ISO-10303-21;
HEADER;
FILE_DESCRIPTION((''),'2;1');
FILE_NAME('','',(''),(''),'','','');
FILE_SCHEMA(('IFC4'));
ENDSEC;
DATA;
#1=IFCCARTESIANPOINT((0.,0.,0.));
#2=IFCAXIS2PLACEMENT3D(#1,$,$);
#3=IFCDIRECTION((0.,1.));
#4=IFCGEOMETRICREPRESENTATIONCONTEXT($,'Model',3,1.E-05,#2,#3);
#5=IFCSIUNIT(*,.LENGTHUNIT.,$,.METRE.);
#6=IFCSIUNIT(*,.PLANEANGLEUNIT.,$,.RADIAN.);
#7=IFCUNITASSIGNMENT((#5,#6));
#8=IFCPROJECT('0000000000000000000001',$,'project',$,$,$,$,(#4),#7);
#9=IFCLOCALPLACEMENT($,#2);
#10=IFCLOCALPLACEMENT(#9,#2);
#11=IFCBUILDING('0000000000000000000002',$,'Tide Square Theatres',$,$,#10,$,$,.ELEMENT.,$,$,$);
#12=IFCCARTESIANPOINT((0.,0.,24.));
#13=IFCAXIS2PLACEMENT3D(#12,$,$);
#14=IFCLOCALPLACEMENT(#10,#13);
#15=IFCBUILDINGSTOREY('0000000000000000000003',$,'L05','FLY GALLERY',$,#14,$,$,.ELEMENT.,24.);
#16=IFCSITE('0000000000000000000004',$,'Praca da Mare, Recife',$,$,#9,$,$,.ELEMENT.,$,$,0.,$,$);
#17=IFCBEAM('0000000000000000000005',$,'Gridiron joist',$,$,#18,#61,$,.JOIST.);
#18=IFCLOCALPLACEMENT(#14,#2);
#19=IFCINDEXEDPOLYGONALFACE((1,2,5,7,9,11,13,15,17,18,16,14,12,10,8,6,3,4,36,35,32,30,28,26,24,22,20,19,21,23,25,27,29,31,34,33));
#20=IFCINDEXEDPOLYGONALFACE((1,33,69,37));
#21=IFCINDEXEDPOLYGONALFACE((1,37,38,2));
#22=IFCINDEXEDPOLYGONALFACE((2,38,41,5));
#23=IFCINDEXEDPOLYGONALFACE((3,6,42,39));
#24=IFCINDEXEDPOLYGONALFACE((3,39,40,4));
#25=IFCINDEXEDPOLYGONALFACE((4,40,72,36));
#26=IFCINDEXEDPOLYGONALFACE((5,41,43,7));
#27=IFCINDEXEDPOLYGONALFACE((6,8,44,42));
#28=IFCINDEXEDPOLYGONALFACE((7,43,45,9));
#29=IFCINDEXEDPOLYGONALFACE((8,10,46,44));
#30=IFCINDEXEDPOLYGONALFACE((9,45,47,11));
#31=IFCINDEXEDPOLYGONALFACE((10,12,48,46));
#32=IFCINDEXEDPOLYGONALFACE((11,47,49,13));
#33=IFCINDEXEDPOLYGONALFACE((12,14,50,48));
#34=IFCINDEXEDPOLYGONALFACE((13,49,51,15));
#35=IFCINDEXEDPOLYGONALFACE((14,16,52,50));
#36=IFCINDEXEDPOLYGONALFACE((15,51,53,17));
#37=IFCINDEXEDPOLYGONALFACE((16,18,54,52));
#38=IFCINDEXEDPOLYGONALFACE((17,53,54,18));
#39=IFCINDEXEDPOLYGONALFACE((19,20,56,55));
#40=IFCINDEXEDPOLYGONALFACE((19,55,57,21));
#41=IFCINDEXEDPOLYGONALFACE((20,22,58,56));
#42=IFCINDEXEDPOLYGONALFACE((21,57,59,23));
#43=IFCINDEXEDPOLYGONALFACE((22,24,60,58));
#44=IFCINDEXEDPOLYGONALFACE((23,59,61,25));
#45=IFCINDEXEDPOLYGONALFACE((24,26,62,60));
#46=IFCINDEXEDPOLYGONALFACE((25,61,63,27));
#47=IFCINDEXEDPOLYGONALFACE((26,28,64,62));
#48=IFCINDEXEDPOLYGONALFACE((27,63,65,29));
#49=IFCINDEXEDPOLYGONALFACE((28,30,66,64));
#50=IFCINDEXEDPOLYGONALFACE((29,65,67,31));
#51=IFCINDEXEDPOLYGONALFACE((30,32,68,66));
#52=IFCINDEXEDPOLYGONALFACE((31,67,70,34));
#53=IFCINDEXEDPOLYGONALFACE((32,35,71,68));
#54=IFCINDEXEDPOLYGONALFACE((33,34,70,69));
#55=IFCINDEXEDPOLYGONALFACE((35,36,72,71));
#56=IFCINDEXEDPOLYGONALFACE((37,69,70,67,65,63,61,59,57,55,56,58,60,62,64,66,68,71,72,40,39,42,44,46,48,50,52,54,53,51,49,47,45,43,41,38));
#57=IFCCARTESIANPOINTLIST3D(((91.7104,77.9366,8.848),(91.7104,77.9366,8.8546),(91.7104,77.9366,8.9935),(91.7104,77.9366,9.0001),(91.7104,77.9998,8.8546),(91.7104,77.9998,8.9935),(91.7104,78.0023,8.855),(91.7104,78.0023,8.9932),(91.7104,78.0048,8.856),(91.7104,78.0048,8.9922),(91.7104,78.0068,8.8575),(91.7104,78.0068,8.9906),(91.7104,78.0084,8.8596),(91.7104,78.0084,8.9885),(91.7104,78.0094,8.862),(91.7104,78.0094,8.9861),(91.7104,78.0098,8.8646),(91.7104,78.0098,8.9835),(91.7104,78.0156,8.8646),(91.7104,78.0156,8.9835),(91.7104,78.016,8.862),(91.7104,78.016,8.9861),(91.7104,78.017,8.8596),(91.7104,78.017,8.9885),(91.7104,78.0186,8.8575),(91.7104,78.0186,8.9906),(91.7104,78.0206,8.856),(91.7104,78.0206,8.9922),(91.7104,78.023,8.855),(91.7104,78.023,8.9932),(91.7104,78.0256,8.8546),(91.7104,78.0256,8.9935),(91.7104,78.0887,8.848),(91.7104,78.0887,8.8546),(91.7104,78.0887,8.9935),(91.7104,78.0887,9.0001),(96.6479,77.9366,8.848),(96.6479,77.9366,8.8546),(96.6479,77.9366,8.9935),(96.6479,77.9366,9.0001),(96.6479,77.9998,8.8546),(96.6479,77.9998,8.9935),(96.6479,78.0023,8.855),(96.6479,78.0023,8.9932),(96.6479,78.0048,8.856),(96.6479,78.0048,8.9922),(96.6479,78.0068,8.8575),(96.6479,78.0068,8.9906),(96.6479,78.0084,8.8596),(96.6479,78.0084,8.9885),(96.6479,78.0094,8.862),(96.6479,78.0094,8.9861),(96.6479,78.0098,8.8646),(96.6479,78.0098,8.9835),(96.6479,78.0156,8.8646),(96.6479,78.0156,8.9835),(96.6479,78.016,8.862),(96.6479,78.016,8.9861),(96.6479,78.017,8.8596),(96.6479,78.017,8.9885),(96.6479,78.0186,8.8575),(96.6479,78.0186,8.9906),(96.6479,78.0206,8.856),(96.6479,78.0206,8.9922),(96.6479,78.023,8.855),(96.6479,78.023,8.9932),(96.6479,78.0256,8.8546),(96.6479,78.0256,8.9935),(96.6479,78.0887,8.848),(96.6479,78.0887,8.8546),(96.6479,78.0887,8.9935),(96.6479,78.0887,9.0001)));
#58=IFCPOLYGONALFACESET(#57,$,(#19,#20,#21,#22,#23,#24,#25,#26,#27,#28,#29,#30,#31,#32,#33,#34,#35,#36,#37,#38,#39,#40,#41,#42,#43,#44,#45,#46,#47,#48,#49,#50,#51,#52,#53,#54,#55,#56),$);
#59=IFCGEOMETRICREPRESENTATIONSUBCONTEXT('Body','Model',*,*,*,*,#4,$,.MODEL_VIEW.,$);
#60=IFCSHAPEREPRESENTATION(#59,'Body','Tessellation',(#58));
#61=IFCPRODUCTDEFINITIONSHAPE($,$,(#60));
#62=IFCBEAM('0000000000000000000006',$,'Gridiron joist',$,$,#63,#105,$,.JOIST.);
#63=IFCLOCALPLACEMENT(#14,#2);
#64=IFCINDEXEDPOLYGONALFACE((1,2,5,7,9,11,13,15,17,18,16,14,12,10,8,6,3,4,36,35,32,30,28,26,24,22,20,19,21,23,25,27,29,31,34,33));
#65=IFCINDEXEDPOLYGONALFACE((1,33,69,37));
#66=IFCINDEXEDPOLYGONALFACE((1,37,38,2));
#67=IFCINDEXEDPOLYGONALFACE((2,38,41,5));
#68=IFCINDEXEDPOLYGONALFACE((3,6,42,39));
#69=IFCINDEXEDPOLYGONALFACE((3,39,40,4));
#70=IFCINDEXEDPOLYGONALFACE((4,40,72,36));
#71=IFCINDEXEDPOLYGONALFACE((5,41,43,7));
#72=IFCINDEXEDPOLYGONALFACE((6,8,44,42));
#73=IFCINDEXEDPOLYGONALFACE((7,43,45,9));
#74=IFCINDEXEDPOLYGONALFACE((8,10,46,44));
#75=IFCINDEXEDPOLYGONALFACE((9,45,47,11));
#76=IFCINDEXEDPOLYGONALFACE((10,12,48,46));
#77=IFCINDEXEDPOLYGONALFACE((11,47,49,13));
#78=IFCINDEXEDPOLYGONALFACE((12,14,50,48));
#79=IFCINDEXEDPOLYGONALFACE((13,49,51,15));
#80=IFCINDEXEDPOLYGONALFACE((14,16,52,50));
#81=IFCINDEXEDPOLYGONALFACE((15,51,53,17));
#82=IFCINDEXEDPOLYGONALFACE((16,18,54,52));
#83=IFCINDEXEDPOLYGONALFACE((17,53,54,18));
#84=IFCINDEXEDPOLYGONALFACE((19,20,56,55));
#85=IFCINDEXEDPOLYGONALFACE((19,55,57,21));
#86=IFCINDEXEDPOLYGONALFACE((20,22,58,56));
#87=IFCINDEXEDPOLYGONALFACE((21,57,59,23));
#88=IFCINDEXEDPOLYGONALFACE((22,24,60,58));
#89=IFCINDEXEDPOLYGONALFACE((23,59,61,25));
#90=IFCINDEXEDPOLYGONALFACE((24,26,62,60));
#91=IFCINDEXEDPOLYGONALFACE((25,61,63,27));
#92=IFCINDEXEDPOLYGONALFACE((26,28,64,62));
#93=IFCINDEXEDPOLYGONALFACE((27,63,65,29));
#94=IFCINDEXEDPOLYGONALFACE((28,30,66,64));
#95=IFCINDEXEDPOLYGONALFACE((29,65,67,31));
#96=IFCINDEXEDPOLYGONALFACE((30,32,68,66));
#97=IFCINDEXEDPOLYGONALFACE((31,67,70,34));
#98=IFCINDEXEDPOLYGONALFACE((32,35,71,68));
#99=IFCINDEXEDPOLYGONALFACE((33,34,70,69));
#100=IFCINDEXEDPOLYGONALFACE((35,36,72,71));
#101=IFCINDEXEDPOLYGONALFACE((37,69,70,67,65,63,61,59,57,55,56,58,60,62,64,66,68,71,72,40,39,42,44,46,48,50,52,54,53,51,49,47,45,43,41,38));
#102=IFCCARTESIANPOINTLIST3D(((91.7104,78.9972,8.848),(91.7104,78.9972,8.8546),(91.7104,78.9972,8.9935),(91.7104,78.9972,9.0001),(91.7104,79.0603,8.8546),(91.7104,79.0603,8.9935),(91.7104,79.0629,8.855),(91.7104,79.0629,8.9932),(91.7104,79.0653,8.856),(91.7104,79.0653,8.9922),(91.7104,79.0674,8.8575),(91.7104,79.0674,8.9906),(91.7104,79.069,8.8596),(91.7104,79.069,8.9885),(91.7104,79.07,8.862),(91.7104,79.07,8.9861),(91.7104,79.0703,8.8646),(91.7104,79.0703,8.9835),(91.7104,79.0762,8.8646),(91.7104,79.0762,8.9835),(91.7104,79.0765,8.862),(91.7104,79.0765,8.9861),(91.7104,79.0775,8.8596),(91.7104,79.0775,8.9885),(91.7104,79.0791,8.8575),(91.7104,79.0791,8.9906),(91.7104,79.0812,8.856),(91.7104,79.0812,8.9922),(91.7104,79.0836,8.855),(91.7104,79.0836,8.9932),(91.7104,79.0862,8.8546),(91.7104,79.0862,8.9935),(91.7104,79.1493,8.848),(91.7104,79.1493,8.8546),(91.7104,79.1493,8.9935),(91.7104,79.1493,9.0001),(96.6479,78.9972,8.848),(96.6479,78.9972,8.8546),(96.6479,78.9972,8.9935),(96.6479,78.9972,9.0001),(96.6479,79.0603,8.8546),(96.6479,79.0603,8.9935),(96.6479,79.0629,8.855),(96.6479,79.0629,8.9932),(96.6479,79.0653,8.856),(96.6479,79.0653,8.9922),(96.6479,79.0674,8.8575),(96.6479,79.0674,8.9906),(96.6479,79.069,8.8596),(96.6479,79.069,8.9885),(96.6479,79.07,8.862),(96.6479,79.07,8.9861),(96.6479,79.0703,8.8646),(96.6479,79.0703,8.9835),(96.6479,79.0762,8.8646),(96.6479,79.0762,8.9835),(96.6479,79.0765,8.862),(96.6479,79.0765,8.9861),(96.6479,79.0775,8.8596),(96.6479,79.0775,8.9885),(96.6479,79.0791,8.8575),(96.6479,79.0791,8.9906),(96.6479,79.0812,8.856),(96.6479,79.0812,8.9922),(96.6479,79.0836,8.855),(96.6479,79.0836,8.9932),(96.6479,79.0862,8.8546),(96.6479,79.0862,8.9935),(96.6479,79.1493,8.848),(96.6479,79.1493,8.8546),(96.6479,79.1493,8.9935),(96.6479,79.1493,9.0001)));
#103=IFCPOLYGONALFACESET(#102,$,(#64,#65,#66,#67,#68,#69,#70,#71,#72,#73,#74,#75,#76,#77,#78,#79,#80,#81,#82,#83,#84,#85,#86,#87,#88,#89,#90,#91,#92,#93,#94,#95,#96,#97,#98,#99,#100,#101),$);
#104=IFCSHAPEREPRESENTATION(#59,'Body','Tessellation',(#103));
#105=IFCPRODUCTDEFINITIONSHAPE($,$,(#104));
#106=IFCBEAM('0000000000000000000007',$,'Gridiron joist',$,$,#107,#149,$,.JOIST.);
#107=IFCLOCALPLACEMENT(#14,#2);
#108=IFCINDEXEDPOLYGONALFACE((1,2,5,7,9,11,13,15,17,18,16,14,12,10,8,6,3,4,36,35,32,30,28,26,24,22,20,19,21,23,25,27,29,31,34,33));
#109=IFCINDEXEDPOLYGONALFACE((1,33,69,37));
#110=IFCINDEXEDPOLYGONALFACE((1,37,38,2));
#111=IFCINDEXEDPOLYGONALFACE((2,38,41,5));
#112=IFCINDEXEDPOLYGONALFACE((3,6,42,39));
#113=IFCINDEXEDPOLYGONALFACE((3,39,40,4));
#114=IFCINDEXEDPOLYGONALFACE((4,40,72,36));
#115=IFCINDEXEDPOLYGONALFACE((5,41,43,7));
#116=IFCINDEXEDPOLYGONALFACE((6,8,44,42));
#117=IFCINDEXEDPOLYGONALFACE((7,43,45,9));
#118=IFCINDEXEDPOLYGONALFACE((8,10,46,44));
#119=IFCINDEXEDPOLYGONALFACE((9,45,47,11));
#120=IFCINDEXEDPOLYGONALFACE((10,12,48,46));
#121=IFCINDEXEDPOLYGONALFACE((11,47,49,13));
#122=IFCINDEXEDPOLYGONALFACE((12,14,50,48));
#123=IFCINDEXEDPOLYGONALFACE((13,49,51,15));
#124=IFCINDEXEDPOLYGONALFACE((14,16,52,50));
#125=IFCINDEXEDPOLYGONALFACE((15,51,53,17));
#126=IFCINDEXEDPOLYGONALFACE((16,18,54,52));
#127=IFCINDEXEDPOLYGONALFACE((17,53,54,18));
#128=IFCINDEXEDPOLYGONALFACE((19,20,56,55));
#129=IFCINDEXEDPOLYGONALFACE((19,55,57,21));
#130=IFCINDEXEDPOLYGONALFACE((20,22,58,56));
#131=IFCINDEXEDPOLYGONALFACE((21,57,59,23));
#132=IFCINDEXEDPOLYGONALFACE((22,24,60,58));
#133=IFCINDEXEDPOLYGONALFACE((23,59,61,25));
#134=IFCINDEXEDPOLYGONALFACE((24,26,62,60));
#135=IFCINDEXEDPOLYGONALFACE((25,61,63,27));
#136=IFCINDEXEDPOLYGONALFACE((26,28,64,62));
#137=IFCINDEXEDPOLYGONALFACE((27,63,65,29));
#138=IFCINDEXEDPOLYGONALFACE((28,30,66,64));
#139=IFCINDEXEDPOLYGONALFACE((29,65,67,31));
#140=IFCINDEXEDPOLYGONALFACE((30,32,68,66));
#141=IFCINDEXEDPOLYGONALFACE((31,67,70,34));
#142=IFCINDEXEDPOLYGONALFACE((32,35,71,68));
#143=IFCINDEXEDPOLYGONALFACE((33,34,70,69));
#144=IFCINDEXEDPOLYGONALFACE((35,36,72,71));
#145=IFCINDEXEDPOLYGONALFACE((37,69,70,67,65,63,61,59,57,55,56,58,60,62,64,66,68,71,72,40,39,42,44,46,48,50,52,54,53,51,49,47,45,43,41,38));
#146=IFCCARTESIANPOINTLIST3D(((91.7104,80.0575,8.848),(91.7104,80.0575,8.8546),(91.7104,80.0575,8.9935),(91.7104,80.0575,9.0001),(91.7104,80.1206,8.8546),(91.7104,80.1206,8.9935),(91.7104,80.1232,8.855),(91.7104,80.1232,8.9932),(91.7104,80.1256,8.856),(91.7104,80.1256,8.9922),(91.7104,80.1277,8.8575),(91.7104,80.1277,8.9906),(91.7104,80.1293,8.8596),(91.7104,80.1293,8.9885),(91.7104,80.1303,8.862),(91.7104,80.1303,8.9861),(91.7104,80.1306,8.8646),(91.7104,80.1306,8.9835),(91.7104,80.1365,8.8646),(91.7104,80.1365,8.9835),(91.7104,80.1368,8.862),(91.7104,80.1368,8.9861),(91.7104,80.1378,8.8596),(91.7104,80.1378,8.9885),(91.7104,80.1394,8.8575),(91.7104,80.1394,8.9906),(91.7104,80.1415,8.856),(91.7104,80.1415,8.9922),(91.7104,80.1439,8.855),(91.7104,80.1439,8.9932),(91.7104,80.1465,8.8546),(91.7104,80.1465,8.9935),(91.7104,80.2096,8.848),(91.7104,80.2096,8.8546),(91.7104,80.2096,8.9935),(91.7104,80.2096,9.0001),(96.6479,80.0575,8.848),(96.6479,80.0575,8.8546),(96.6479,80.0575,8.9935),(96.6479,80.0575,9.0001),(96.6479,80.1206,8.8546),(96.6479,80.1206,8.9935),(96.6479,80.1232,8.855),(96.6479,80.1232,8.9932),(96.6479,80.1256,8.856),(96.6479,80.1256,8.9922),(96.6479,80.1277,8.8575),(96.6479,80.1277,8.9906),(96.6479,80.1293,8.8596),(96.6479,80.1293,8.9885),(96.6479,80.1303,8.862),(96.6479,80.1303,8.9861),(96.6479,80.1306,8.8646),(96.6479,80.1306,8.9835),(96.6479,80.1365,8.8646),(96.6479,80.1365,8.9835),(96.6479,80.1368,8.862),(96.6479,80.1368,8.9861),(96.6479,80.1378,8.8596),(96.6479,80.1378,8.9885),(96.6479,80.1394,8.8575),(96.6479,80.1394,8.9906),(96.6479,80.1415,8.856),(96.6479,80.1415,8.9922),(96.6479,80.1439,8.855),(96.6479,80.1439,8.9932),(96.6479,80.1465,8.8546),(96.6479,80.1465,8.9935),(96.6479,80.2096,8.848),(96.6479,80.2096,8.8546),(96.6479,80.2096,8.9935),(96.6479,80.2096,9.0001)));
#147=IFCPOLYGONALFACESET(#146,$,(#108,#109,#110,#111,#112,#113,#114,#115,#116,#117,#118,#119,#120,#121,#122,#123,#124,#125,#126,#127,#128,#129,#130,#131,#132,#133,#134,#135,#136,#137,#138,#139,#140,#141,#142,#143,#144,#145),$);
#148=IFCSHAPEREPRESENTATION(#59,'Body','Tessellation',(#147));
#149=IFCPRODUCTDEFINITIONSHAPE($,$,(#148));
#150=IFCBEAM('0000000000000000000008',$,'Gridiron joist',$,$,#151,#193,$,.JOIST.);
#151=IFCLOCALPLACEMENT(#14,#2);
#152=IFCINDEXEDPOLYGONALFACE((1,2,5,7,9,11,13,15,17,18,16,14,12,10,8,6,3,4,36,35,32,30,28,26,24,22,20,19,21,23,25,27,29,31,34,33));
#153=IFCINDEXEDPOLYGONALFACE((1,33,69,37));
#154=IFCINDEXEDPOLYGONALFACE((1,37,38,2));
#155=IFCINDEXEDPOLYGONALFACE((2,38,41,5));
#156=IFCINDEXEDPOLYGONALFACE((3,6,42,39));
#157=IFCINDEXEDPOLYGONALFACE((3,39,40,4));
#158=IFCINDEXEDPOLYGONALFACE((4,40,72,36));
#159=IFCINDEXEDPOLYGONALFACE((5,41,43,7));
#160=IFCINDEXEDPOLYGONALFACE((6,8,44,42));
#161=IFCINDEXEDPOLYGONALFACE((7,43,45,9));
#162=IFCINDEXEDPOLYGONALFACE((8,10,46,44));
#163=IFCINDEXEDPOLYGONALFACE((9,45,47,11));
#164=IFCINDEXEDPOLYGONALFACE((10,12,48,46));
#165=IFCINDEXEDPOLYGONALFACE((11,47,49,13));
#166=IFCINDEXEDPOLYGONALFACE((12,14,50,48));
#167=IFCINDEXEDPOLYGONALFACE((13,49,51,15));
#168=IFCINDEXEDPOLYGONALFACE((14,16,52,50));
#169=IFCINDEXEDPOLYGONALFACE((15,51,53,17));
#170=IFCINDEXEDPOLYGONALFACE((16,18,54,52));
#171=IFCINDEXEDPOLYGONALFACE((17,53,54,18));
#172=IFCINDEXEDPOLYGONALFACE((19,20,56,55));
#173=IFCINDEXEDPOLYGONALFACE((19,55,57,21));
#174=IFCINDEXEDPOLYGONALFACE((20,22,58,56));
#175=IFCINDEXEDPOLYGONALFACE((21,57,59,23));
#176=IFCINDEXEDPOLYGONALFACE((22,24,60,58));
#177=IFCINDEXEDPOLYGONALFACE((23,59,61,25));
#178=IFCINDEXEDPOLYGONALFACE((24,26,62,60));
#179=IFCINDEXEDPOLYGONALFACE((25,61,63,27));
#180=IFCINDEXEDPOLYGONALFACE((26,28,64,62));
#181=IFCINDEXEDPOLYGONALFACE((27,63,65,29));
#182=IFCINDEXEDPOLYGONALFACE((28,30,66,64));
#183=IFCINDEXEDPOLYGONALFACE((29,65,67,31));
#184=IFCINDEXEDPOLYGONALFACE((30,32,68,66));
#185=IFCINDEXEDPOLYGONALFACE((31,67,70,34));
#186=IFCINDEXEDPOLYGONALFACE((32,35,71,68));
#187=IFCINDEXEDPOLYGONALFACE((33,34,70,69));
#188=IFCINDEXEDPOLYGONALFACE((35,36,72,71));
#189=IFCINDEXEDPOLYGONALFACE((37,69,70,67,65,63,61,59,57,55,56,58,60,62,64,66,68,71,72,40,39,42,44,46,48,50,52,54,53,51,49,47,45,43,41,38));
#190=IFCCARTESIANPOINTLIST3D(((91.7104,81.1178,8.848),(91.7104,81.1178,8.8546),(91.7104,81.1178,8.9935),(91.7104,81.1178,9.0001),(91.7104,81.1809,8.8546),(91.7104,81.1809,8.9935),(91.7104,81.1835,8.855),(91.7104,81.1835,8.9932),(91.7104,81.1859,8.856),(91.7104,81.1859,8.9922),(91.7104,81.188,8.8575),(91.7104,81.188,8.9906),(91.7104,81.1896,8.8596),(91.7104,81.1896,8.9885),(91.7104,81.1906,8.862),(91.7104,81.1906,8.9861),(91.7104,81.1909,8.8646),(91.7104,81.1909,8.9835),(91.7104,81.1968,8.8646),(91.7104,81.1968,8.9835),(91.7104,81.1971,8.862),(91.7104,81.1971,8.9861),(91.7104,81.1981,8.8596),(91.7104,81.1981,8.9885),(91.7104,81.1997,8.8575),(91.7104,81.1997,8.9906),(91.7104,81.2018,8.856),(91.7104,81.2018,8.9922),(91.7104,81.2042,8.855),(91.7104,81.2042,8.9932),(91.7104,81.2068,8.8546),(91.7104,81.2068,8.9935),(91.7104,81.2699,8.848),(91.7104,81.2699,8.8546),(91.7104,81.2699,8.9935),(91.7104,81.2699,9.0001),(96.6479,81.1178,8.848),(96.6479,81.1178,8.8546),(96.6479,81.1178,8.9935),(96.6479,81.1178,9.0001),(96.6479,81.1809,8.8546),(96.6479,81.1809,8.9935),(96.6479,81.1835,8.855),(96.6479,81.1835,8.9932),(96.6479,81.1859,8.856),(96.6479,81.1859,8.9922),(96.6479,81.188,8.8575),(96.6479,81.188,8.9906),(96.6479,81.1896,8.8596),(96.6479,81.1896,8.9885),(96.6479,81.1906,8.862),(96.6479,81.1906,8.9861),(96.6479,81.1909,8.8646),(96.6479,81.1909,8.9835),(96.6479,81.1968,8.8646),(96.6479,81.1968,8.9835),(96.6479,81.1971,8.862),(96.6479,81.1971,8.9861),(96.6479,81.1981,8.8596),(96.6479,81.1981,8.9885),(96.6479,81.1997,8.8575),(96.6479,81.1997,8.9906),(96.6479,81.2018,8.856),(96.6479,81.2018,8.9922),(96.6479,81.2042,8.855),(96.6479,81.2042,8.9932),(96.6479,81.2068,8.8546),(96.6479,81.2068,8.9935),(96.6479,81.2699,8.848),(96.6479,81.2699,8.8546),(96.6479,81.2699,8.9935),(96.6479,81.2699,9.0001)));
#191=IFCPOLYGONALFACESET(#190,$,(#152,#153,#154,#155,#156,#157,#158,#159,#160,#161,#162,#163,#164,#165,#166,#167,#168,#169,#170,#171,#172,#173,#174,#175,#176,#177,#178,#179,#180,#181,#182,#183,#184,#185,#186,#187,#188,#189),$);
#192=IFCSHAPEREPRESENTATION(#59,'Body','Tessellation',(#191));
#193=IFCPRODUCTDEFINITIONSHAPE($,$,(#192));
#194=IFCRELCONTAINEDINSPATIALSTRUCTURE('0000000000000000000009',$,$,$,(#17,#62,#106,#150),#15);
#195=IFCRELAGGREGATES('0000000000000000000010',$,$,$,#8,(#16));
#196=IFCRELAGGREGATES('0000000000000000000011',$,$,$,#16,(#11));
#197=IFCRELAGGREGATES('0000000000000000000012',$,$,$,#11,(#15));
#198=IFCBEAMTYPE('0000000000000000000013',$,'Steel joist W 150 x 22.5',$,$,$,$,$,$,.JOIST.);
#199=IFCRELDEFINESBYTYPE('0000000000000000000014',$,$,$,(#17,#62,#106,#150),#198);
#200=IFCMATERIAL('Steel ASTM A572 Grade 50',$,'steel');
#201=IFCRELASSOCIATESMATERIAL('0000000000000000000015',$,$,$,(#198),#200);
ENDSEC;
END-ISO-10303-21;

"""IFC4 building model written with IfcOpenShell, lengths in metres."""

from ifc_helpers import new_model, si_unit, direction, frame, origin, origin_2d, place, context, subcontext, project, spatial, i_section, extrude, material, material_profile, profile_set, type_object, element, save


model = new_model("IFC4")

# Units and contexts
model_context = context("Model", 3, precision=1e-05, world=origin(), true_north=direction((0.0, 1.0)))
body_context = subcontext(model_context, "Body", "Model", "MODEL_VIEW")
ifc_project = project(units=[si_unit("LENGTHUNIT", "METRE"), si_unit("PLANEANGLEUNIT", "RADIAN")], contexts=[model_context])

# Site, building, storey
site_placement = place(None, origin())
site = spatial("IfcSite", under=ifc_project, at=site_placement, Name="Praca da Mare, Recife", CompositionType="ELEMENT", RefElevation=0.0)
building_placement = place(site_placement, origin())
building = spatial("IfcBuilding", under=site, at=building_placement, Name="Tide Square Theatres", CompositionType="ELEMENT")
storey_placement = place(building_placement, frame((0.0, 0.0, 24.0)))
storey = spatial("IfcBuildingStorey", under=building, at=storey_placement, Name="L05", Description="FLY GALLERY", CompositionType="ELEMENT", Elevation=24.0)

# Beams
ifc_material_1 = material(Name="Steel ASTM A572 Grade 50", Category="steel")
ifc_material_profile_1 = material_profile(ifc_material_1, i_section(OverallWidth=0.1521, OverallDepth=0.1521, WebThickness=0.0059, FlangeThickness=0.0066, FilletRadius=0.01, at=origin_2d()))
ifc_profile_set_1 = profile_set([ifc_material_profile_1], Name="Steel ASTM A572 Grade 50")
beam_type_1 = type_object("IfcBeamType", Name="Steel joist W 150 x 22.5", PredefinedType="JOIST", material=ifc_profile_set_1)
for number, where, z_axis, x_axis, name in (
    (1, (91.7104, 78.0127, 8.9241), (1.0, 0.0, 0.0), (0.0, 1.0, 0.0), "Gridiron joist"),
    (2, (91.7104, 79.0732, 8.9241), (1.0, 0.0, 0.0), (0.0, 1.0, 0.0), "Gridiron joist"),
    (3, (91.7104, 80.1335, 8.9241), (1.0, 0.0, 0.0), (0.0, 1.0, 0.0), "Gridiron joist"),
    (4, (91.7104, 81.1938, 8.9241), (1.0, 0.0, 0.0), (0.0, 1.0, 0.0), "Gridiron joist"),
):
    element("IfcBeam", number, at=place(storey_placement, frame(where, z_axis=z_axis, x_axis=x_axis)), inside=storey, type_object=beam_type_1, Name=name, PredefinedType="JOIST", context=body_context, shape_type="SweptSolid", body=[
        extrude(i_section(OverallWidth=0.1521, OverallDepth=0.1521, WebThickness=0.0059, FlangeThickness=0.0066, FilletRadius=0.01, at=origin_2d()), origin(), (0.0, 0.0, 1.0), 4.9375),
    ])

save(model, "model.ifc")
